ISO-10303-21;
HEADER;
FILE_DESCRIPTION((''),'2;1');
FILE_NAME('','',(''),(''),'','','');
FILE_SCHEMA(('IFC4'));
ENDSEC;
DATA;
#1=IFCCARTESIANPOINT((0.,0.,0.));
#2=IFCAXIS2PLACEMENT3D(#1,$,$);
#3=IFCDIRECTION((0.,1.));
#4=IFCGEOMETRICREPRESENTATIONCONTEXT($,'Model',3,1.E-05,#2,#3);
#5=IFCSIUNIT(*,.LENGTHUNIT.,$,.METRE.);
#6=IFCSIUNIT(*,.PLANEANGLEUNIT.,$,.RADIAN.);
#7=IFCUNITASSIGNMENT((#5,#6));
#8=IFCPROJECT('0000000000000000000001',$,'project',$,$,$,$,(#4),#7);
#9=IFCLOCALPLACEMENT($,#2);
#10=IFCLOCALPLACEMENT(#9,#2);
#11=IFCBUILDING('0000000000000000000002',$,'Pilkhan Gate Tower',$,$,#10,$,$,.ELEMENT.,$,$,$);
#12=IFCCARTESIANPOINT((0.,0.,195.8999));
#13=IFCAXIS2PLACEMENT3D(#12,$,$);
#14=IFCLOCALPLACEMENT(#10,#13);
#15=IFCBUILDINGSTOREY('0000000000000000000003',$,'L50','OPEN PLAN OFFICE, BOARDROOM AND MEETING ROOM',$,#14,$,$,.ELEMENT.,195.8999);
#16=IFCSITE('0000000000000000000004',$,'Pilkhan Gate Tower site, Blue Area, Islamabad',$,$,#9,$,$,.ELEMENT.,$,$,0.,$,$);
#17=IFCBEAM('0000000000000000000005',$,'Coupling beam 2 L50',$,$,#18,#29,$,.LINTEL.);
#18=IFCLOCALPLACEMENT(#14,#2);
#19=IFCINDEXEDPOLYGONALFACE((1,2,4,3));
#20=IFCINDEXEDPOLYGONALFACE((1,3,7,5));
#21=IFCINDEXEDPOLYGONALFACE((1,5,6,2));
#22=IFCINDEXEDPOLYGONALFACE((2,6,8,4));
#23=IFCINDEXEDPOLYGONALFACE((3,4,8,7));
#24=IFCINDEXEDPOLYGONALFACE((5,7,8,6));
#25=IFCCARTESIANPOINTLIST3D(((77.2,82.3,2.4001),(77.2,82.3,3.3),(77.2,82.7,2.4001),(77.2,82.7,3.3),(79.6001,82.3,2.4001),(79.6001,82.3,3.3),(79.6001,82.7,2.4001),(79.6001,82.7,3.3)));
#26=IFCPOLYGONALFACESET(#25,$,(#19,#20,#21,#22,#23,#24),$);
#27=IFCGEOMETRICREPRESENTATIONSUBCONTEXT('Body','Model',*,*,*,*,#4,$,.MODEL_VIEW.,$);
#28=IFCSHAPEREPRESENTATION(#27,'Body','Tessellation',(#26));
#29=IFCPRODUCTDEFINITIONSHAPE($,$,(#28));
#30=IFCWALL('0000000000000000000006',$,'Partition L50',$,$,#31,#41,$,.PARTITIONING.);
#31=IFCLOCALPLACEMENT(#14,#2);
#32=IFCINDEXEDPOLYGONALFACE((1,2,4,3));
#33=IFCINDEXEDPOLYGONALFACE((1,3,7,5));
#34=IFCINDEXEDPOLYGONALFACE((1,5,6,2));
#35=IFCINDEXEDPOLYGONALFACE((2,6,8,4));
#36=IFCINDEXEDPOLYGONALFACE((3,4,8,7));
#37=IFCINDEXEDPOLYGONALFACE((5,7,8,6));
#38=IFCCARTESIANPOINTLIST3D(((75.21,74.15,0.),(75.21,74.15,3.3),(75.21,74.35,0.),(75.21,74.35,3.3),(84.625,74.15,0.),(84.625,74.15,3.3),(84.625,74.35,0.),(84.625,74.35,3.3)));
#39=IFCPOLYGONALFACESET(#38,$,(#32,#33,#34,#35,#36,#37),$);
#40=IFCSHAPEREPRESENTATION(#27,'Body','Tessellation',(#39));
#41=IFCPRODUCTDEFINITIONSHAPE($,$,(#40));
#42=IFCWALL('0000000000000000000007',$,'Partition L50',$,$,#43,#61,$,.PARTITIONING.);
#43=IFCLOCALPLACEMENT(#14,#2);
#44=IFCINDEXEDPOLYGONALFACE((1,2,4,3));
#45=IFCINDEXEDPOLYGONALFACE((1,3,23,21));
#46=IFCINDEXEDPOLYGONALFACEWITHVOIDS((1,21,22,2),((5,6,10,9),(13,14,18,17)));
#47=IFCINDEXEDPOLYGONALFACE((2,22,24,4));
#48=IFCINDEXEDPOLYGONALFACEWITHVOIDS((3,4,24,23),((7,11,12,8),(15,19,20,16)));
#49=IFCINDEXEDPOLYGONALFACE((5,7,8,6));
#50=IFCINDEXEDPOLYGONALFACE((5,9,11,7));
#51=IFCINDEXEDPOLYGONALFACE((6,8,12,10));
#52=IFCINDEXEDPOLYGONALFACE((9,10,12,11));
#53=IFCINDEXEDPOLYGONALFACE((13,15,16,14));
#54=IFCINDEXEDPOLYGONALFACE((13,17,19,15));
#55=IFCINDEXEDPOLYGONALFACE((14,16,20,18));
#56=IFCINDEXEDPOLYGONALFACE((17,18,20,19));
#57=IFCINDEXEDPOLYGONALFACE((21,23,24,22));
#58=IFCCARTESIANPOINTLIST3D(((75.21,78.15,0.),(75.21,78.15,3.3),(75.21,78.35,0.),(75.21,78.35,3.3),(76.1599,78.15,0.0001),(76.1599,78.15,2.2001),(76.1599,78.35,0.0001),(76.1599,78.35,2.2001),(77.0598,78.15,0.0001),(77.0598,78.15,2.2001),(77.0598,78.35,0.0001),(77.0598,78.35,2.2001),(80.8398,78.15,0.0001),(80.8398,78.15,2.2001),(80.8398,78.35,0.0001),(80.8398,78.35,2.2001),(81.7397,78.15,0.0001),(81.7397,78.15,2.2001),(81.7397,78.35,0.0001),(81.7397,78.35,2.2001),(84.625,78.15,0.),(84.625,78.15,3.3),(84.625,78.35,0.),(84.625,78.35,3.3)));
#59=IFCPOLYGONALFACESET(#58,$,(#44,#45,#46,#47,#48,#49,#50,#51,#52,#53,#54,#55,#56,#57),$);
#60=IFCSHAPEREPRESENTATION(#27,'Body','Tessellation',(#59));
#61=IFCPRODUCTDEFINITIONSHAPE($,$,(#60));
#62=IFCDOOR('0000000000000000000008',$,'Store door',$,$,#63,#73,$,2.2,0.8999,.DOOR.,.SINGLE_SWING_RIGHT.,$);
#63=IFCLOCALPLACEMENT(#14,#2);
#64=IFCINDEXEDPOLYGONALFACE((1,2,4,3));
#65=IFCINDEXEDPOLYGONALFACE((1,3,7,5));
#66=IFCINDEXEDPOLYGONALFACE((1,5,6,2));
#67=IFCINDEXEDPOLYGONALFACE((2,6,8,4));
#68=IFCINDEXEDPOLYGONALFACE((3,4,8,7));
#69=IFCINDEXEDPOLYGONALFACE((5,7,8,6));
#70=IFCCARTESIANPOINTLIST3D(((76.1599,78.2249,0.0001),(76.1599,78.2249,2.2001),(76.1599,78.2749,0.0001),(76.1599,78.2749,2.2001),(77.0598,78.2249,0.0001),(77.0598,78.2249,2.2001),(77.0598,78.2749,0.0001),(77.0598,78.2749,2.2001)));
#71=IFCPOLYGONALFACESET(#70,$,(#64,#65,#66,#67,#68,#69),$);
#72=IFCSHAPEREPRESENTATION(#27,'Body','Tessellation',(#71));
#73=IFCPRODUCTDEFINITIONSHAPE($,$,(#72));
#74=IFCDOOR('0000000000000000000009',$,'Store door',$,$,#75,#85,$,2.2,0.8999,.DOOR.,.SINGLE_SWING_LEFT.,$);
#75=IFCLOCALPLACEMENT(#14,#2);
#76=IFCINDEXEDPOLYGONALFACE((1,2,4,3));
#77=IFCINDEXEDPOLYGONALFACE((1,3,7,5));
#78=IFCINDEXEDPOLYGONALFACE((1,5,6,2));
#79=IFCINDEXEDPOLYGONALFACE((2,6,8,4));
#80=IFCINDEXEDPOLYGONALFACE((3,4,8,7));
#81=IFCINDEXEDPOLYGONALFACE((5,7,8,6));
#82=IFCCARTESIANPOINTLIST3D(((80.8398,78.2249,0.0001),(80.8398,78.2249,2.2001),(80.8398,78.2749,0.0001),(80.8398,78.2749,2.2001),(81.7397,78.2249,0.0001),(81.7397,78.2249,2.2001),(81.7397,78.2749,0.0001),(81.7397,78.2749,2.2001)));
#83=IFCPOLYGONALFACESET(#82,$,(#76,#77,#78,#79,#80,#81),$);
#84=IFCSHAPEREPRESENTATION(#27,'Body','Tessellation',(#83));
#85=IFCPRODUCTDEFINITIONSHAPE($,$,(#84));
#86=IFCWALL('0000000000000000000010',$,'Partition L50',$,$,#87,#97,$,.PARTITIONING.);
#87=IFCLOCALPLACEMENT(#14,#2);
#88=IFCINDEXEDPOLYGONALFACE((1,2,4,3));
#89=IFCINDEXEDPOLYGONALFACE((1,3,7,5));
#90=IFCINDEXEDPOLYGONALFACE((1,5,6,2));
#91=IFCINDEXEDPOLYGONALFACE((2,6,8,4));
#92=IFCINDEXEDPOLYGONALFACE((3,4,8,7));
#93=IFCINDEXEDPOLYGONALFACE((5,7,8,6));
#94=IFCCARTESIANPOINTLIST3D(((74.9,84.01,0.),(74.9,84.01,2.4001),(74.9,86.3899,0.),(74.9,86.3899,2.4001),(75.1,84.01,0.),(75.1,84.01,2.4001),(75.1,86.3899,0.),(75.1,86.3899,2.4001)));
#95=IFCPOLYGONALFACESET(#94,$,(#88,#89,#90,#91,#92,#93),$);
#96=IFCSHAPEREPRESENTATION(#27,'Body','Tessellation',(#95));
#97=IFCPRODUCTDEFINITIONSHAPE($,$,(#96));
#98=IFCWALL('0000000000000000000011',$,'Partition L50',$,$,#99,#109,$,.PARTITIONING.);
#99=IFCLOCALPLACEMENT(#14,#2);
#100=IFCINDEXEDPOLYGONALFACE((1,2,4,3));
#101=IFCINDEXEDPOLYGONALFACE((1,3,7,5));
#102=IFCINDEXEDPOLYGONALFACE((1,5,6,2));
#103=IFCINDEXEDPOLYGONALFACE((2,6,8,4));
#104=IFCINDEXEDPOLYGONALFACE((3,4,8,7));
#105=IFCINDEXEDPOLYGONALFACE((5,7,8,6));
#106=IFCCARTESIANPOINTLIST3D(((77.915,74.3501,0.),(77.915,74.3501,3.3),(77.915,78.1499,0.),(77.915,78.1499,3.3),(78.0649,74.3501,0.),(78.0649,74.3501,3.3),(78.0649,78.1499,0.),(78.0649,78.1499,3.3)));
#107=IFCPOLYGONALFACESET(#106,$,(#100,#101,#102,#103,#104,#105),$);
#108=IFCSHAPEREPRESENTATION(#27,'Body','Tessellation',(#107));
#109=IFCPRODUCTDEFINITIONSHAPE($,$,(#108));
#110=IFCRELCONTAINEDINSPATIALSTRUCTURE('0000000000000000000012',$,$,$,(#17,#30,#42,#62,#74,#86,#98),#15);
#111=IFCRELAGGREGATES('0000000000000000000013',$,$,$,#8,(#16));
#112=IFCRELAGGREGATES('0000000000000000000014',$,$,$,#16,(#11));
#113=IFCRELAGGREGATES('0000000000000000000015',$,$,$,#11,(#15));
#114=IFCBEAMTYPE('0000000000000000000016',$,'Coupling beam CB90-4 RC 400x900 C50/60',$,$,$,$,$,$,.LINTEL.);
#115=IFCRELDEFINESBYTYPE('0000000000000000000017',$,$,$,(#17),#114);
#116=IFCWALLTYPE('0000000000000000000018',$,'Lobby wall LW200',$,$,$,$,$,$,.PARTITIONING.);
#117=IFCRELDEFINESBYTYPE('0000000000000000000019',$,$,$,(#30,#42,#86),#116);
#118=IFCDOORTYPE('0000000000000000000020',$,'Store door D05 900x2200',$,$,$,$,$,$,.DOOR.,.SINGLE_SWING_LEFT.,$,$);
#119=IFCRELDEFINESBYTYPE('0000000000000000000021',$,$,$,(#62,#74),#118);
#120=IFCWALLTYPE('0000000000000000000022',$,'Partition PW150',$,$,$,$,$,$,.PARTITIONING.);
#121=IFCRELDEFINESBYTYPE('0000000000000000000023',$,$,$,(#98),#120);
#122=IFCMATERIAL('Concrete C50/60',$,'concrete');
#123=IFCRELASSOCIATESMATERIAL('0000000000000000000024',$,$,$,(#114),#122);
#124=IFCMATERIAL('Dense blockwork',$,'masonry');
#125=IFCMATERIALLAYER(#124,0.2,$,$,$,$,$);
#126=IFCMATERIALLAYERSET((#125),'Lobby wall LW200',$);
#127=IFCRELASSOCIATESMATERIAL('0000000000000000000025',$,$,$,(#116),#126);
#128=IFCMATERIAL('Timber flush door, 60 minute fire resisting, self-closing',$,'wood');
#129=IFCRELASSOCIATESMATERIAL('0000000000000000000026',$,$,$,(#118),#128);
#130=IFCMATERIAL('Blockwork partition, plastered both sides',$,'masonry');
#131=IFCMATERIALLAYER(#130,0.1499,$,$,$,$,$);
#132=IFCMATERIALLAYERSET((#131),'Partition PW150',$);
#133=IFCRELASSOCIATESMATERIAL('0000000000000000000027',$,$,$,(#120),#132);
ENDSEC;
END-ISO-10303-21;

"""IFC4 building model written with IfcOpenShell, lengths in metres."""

from ifc_helpers import new_model, si_unit, direction, frame, frame_2d, origin, origin_2d, place, context, subcontext, project, spatial, rectangle, extrude, material, layer, layer_set, material_profile, profile_set, type_object, element, fill, save


model = new_model("IFC4")

# Units and contexts
model_context = context("Model", 3, precision=1e-05, world=origin(), true_north=direction((0.0, 1.0)))
body_context = subcontext(model_context, "Body", "Model", "MODEL_VIEW")
ifc_project = project(units=[si_unit("LENGTHUNIT", "METRE"), si_unit("PLANEANGLEUNIT", "RADIAN")], contexts=[model_context])

# Site, building, storey
site_placement = place(None, origin())
site = spatial("IfcSite", under=ifc_project, at=site_placement, Name="Pilkhan Gate Tower site, Blue Area, Islamabad", CompositionType="ELEMENT", RefElevation=0.0)
building_placement = place(site_placement, origin())
building = spatial("IfcBuilding", under=site, at=building_placement, Name="Pilkhan Gate Tower", CompositionType="ELEMENT")
storey_placement = place(building_placement, frame((0.0, 0.0, 195.8999)))
storey = spatial("IfcBuildingStorey", under=building, at=storey_placement, Name="L50", Description="OPEN PLAN OFFICE, BOARDROOM AND MEETING ROOM", CompositionType="ELEMENT", Elevation=195.8999)

# Beam
ifc_material_1 = material(Name="Concrete C50/60", Category="concrete")
ifc_material_profile = material_profile(ifc_material_1, rectangle(XDim=0.3999, YDim=0.8999, at=origin_2d()), Name="RC 400x900")
ifc_profile_set = profile_set([ifc_material_profile], Name="Concrete C50/60")
beam_type = type_object("IfcBeamType", Name="Coupling beam CB90-4 RC 400x900 C50/60", PredefinedType="LINTEL", material=ifc_profile_set)
beam_placement = place(storey_placement, frame((77.2, 82.5, 2.8501), z_axis=(1.0, 0.0, 0.0), x_axis=(0.0, 1.0, 0.0)))
element("IfcBeam", 1, at=beam_placement, inside=storey, type_object=beam_type, Name="Coupling beam 2 L50", PredefinedType="LINTEL", context=body_context, shape_type="SweptSolid", body=[
    extrude(rectangle(XDim=0.3999, YDim=0.8999, at=origin_2d()), origin(), (0.0, 0.0, 1.0), 2.4001),
])

# Wall
ifc_material_2 = material(Name="Dense blockwork", Category="masonry")
ifc_layer_1 = layer(ifc_material_2, 0.2)
ifc_layer_set_1 = layer_set([ifc_layer_1], Name="Lobby wall LW200")
wall_type_1 = type_object("IfcWallType", Name="Lobby wall LW200", PredefinedType="PARTITIONING", material=ifc_layer_set_1)
wall_1_placement = place(storey_placement, frame((75.21, 74.25, 0.0), z_axis=(0.0, 0.0, 1.0), x_axis=(1.0, 0.0, 0.0)))
element("IfcWall", 2, at=wall_1_placement, inside=storey, type_object=wall_type_1, Name="Partition L50", PredefinedType="PARTITIONING", context=body_context, shape_type="SweptSolid", body=[
    extrude(rectangle(XDim=9.415, YDim=0.2, at=frame_2d((4.7075, 0.0))), origin(), (0.0, 0.0, 1.0), 3.3),
])

# Wall, openings, doors
wall_2_placement = place(storey_placement, frame((75.21, 78.25, 0.0), z_axis=(0.0, 0.0, 1.0), x_axis=(1.0, 0.0, 0.0)))
wall_2 = element("IfcWall", 3, at=wall_2_placement, inside=storey, type_object=wall_type_1, Name="Partition L50", PredefinedType="PARTITIONING", context=body_context, shape_type="SweptSolid", body=[
    extrude(rectangle(XDim=9.415, YDim=0.2, at=frame_2d((4.7075, 0.0))), origin(), (0.0, 0.0, 1.0), 3.3),
])
opening_1_placement = place(wall_2_placement, frame((0.95, 0.0, 0.0)))
opening_1 = element("IfcOpeningElement", 4, at=opening_1_placement, cuts=wall_2, PredefinedType="OPENING", context=body_context, shape_type="SweptSolid", body=[
    extrude(rectangle(XDim=0.8999, YDim=2.2, at=frame_2d((0.45, 1.1001))), frame((0.0, 0.1099, 0.0), z_axis=(0.0, -1.0, 0.0), x_axis=(1.0, 0.0, 0.0)), (0.0, 0.0, 1.0), 0.22),
])
opening_2_placement = place(wall_2_placement, frame((5.6299, 0.0, 0.0)))
opening_2 = element("IfcOpeningElement", 5, at=opening_2_placement, cuts=wall_2, PredefinedType="OPENING", context=body_context, shape_type="SweptSolid", body=[
    extrude(rectangle(XDim=0.8999, YDim=2.2, at=frame_2d((0.45, 1.1001))), frame((0.0, 0.1099, 0.0), z_axis=(0.0, -1.0, 0.0), x_axis=(1.0, 0.0, 0.0)), (0.0, 0.0, 1.0), 0.22),
])
ifc_material_3 = material(Name="Timber flush door, 60 minute fire resisting, self-closing", Category="wood")
door_type_1 = type_object("IfcDoorType", Name="Store door D05 900x2200", OperationType="SINGLE_SWING_LEFT", PredefinedType="DOOR", material=ifc_material_3)
door_1_placement = place(opening_1_placement, origin())
door_1 = element("IfcDoor", 6, at=door_1_placement, inside=storey, type_object=door_type_1, Name="Store door", OperationType="SINGLE_SWING_RIGHT", OverallHeight=2.2, OverallWidth=0.8999, PredefinedType="DOOR", context=body_context, shape_type="SweptSolid", body=[
    extrude(rectangle(XDim=0.8999, YDim=2.2, at=frame_2d((0.45, 1.1001))), frame((0.0, 0.0249, 0.0), z_axis=(0.0, -1.0, 0.0), x_axis=(1.0, 0.0, 0.0)), (0.0, 0.0, 1.0), 0.05),
])
fill(opening_1, door_1)
door_2_placement = place(opening_2_placement, origin())
door_2 = element("IfcDoor", 7, at=door_2_placement, inside=storey, type_object=door_type_1, Name="Store door", OperationType="SINGLE_SWING_LEFT", OverallHeight=2.2, OverallWidth=0.8999, PredefinedType="DOOR", context=body_context, shape_type="SweptSolid", body=[
    extrude(rectangle(XDim=0.8999, YDim=2.2, at=frame_2d((0.45, 1.1001))), frame((0.0, 0.0249, 0.0), z_axis=(0.0, -1.0, 0.0), x_axis=(1.0, 0.0, 0.0)), (0.0, 0.0, 1.0), 0.05),
])
fill(opening_2, door_2)

# Walls
wall_3_placement = place(storey_placement, frame((75.0, 84.01, 0.0), z_axis=(0.0, 0.0, 1.0), x_axis=(0.0, 1.0, 0.0)))
element("IfcWall", 8, at=wall_3_placement, inside=storey, type_object=wall_type_1, Name="Partition L50", PredefinedType="PARTITIONING", context=body_context, shape_type="SweptSolid", body=[
    extrude(rectangle(XDim=2.3799, YDim=0.2, at=frame_2d((1.1899, 0.0))), origin(), (0.0, 0.0, 1.0), 2.4001),
])
ifc_material_4 = material(Name="Blockwork partition, plastered both sides", Category="masonry")
ifc_layer_2 = layer(ifc_material_4, 0.1499)
ifc_layer_set_2 = layer_set([ifc_layer_2], Name="Partition PW150")
wall_type_2 = type_object("IfcWallType", Name="Partition PW150", PredefinedType="PARTITIONING", material=ifc_layer_set_2)
wall_4_placement = place(storey_placement, frame((77.99, 74.3501, 0.0), z_axis=(0.0, 0.0, 1.0), x_axis=(0.0, 1.0, 0.0)))
element("IfcWall", 9, at=wall_4_placement, inside=storey, type_object=wall_type_2, Name="Partition L50", PredefinedType="PARTITIONING", context=body_context, shape_type="SweptSolid", body=[
    extrude(rectangle(XDim=3.7998, YDim=0.1499, at=frame_2d((1.8999, 0.0))), origin(), (0.0, 0.0, 1.0), 3.3),
])

save(model, "model.ifc")
